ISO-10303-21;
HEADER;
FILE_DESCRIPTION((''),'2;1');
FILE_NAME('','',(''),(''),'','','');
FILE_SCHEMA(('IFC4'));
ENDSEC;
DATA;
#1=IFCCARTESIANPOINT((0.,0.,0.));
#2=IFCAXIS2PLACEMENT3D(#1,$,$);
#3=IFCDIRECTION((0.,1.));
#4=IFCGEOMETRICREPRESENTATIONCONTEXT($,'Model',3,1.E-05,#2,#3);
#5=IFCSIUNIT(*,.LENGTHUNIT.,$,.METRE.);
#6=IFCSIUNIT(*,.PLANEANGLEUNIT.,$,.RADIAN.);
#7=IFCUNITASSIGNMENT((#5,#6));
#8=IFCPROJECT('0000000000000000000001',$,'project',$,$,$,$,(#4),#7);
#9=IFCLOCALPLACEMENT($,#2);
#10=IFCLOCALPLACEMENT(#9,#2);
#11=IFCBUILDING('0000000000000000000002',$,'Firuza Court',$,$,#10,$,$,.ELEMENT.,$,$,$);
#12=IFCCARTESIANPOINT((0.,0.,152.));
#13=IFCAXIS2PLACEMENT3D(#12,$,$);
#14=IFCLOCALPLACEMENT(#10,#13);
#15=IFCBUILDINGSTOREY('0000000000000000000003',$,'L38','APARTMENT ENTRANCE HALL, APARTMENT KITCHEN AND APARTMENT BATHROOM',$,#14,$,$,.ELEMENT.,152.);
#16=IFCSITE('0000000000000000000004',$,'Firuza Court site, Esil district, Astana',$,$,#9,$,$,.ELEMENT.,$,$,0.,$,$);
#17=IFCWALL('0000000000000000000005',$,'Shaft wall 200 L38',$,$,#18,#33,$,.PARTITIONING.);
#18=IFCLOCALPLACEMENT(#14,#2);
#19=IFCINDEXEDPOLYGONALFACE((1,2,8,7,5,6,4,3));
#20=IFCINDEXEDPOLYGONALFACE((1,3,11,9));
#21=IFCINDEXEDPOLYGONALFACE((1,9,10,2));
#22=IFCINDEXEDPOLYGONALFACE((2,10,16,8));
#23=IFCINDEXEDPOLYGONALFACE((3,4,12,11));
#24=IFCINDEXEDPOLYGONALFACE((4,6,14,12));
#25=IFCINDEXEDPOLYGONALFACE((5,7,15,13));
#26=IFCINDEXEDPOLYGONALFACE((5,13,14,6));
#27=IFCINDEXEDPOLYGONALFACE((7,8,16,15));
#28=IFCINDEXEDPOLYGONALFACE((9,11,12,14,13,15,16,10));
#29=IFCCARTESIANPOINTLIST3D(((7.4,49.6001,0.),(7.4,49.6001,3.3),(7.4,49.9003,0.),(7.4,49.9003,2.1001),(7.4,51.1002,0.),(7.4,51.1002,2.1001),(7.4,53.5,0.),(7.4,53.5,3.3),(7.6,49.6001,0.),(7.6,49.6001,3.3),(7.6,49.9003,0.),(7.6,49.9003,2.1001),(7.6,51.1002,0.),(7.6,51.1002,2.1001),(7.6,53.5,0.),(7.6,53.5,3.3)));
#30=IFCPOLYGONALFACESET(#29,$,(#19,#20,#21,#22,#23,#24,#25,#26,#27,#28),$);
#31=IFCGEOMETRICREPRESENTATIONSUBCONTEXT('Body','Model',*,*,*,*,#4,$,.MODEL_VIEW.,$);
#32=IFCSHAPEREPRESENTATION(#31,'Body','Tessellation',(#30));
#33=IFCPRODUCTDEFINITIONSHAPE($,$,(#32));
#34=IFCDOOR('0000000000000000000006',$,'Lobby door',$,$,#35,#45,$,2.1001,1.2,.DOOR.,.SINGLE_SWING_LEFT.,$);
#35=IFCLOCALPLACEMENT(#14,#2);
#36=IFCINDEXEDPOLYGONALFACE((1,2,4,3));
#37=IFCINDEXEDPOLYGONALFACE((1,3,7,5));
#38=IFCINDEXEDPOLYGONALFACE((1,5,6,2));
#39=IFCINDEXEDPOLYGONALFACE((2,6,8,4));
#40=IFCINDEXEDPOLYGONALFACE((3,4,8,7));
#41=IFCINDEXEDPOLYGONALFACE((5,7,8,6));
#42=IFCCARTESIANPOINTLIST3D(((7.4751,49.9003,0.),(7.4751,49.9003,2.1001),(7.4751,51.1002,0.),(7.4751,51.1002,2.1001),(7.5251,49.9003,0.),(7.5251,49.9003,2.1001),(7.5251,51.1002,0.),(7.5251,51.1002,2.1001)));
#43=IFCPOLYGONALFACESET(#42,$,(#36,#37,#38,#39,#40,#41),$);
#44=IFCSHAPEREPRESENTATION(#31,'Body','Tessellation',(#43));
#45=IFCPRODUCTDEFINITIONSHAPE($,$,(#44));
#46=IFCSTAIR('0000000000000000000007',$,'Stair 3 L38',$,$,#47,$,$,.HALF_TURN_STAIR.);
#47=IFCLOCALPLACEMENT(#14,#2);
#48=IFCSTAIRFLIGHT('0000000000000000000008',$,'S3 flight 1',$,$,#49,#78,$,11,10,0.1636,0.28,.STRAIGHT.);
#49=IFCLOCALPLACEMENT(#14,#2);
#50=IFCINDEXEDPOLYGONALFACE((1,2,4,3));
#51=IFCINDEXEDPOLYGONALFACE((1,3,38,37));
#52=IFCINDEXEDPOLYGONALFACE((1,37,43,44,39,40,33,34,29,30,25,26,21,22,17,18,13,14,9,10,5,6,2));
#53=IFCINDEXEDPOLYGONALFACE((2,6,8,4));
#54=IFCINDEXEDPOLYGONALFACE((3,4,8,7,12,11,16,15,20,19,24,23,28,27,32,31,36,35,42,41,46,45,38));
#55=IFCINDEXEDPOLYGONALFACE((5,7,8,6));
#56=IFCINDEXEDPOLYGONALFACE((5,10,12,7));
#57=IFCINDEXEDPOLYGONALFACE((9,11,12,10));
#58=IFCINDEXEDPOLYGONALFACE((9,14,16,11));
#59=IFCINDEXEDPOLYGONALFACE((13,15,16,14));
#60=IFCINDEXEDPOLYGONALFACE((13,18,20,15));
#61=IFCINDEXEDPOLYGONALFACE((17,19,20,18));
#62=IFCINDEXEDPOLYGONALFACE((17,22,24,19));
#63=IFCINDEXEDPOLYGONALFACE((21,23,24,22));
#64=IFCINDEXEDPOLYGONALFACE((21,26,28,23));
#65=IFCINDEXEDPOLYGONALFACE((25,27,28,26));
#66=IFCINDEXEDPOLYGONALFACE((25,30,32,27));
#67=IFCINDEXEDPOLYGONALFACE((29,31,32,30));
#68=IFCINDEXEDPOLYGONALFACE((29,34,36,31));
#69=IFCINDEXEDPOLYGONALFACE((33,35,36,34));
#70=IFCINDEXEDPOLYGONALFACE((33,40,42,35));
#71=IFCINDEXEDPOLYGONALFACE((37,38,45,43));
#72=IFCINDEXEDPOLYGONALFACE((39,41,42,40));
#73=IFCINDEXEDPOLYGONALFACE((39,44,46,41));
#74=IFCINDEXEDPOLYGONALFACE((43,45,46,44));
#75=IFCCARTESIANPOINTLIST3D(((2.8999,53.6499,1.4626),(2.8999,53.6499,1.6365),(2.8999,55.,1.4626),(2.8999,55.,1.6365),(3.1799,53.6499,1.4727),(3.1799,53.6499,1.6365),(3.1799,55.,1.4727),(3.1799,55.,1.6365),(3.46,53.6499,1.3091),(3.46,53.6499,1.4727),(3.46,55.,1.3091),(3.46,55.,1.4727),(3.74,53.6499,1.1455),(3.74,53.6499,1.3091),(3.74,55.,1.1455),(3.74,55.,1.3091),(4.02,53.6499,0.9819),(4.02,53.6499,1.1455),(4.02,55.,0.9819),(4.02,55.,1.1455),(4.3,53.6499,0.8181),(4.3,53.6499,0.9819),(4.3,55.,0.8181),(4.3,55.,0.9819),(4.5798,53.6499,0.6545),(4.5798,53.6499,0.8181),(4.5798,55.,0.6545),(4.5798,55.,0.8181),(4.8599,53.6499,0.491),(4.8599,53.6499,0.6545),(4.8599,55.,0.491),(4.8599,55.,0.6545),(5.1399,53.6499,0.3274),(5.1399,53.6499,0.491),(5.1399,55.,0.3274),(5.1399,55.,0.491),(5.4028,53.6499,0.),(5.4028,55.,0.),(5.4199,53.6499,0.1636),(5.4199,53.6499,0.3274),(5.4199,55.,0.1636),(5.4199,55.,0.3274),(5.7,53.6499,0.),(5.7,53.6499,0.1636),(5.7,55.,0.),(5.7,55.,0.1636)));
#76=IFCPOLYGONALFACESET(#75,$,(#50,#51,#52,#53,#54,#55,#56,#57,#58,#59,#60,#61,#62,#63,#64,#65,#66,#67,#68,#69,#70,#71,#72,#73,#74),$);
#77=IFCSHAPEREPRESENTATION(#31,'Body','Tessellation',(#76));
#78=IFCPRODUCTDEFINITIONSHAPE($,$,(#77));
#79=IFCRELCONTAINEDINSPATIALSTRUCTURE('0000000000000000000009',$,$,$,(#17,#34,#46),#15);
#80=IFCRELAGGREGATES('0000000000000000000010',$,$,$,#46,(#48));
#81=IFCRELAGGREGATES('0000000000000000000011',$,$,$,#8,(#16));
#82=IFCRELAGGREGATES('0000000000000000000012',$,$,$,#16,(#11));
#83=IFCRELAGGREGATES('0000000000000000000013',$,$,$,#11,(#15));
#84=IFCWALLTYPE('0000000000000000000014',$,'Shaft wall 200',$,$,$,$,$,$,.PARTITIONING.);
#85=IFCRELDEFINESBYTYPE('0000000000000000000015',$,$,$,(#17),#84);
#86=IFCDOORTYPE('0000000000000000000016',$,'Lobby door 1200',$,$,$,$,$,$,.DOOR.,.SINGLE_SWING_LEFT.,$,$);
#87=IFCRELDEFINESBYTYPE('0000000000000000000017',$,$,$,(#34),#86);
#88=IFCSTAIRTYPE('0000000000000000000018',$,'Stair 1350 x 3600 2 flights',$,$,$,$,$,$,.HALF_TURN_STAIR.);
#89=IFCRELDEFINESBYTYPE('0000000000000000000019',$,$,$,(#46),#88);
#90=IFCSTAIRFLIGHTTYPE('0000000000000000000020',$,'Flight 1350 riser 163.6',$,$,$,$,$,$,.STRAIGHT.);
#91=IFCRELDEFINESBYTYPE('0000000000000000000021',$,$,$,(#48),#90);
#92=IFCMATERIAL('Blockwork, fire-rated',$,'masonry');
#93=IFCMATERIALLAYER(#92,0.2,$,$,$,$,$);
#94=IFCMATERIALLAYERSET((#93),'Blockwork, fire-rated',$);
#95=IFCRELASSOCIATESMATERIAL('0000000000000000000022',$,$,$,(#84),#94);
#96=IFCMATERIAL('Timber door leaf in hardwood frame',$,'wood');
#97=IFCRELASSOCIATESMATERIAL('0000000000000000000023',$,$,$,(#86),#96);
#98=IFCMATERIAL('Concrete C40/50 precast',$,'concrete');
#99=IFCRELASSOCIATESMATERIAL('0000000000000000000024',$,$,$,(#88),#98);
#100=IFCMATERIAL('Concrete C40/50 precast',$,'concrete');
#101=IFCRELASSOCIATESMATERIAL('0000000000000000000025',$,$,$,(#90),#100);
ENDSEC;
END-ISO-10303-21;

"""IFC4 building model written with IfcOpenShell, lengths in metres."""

from ifc_helpers import new_model, si_unit, direction, frame, frame_2d, origin, place, context, subcontext, project, spatial, polyline, rectangle, outline, extrude, material, layer, layer_set, type_object, element, fill, aggregate, save


model = new_model("IFC4")

# Units and contexts
model_context = context("Model", 3, precision=1e-05, world=origin(), true_north=direction((0.0, 1.0)))
body_context = subcontext(model_context, "Body", "Model", "MODEL_VIEW")
ifc_project = project(units=[si_unit("LENGTHUNIT", "METRE"), si_unit("PLANEANGLEUNIT", "RADIAN")], contexts=[model_context])

# Site, building, storey
site_placement = place(None, origin())
site = spatial("IfcSite", under=ifc_project, at=site_placement, Name="Firuza Court site, Esil district, Astana", CompositionType="ELEMENT", RefElevation=0.0)
building_placement = place(site_placement, origin())
building = spatial("IfcBuilding", under=site, at=building_placement, Name="Firuza Court", CompositionType="ELEMENT")
storey_placement = place(building_placement, frame((0.0, 0.0, 152.0)))
storey = spatial("IfcBuildingStorey", under=building, at=storey_placement, Name="L38", Description="APARTMENT ENTRANCE HALL, APARTMENT KITCHEN AND APARTMENT BATHROOM", CompositionType="ELEMENT", Elevation=152.0)

# Shared definitions
ifc_material_1 = material(Name="Blockwork, fire-rated", Category="masonry")
ifc_layer_1 = layer(ifc_material_1, 0.2)
ifc_layer_set_1 = layer_set([ifc_layer_1], Name="Blockwork, fire-rated")
wall_type_1 = type_object("IfcWallType", Name="Shaft wall 200", PredefinedType="PARTITIONING", material=ifc_layer_set_1)

# Wall, opening, door
wall_1_placement = place(storey_placement, frame((7.5, 49.6001, 0.0), z_axis=(0.0, 0.0, 1.0), x_axis=(0.0, 1.0, 0.0)))
wall_1 = element("IfcWall", 1, at=wall_1_placement, inside=storey, type_object=wall_type_1, Name="Shaft wall 200 L38", PredefinedType="PARTITIONING", context=body_context, shape_type="SweptSolid", body=[
    extrude(rectangle(XDim=3.8999, YDim=0.2, at=frame_2d((1.95, 0.0))), origin(), (0.0, 0.0, 1.0), 3.3),
])
opening_1_placement = place(wall_1_placement, frame((0.3, 0.0, 0.0)))
opening_1 = element("IfcOpeningElement", 2, at=opening_1_placement, cuts=wall_1, PredefinedType="OPENING", context=body_context, shape_type="SweptSolid", body=[
    extrude(rectangle(XDim=1.2, YDim=2.1001, at=frame_2d((0.6001, 1.05))), frame((0.0, 0.1118, 0.0), z_axis=(0.0, -1.0, 0.0), x_axis=(1.0, 0.0, 0.0)), (0.0, 0.0, 1.0), 0.2239),
])
ifc_material_2 = material(Name="Timber door leaf in hardwood frame", Category="wood")
door_type_1 = type_object("IfcDoorType", Name="Lobby door 1200", OperationType="SINGLE_SWING_LEFT", PredefinedType="DOOR", material=ifc_material_2)
door_1_placement = place(opening_1_placement, origin())
door_1 = element("IfcDoor", 3, at=door_1_placement, inside=storey, type_object=door_type_1, Name="Lobby door", OperationType="SINGLE_SWING_LEFT", OverallHeight=2.1001, OverallWidth=1.2, PredefinedType="DOOR", context=body_context, shape_type="SweptSolid", body=[
    extrude(rectangle(XDim=1.2, YDim=2.1001, at=frame_2d((0.6001, 1.05))), frame((0.0, 0.0249, 0.0), z_axis=(0.0, -1.0, 0.0), x_axis=(1.0, 0.0, 0.0)), (0.0, 0.0, 1.0), 0.05),
])
fill(opening_1, door_1)

# Stair, stair flight
ifc_material_3 = material(Name="Concrete C40/50 precast", Category="concrete")
stair_type = type_object("IfcStairType", Name="Stair 1350 x 3600 2 flights", PredefinedType="HALF_TURN_STAIR", material=ifc_material_3)
stair_placement = place(storey_placement, origin())
stair = element("IfcStair", 4, at=stair_placement, inside=storey, type_object=stair_type, Name="Stair 3 L38", PredefinedType="HALF_TURN_STAIR")
ifc_material_4 = material(Name="Concrete C40/50 precast", Category="concrete")
stair_flight_type = type_object("IfcStairFlightType", Name="Flight 1350 riser 163.6", PredefinedType="STRAIGHT", material=ifc_material_4)
stair_flight_placement = place(storey_placement, frame((5.7, 54.325, 0.0), z_axis=(0.0, 0.0, 1.0), x_axis=(-1.0, 0.0, 0.0)))
stair_flight = element("IfcStairFlight", 5, at=stair_flight_placement, type_object=stair_flight_type, Name="S3 flight 1", NumberOfRisers=11, NumberOfTreads=10, PredefinedType="STRAIGHT", RiserHeight=0.1636, TreadLength=0.28, context=body_context, shape_type="SweptSolid", body=[
    extrude(outline(polyline([(0.0, 0.0), (0.0, 0.1636), (0.28, 0.1636), (0.28, 0.3274), (0.5601, 0.3274), (0.5601, 0.491), (0.8401, 0.491), (0.8401, 0.6545), (1.1201, 0.6545), (1.1201, 0.8181), (1.3999, 0.8181), (1.3999, 0.9819), (1.6799, 0.9819), (1.6799, 1.1455), (1.96, 1.1455), (1.96, 1.3091), (2.24, 1.3091), (2.24, 1.4727), (2.52, 1.4727), (2.52, 1.6365), (2.8, 1.6365), (2.8, 1.8), (2.8, 1.4626), (0.2971, 0.0), (0.0, 0.0)])), frame((0.0, 0.675, 0.0), z_axis=(0.0, -1.0, 0.0), x_axis=(1.0, 0.0, 0.0)), (0.0, 0.0, 1.0), 1.3501),
])
aggregate(stair, [stair_flight])

save(model, "model.ifc")
